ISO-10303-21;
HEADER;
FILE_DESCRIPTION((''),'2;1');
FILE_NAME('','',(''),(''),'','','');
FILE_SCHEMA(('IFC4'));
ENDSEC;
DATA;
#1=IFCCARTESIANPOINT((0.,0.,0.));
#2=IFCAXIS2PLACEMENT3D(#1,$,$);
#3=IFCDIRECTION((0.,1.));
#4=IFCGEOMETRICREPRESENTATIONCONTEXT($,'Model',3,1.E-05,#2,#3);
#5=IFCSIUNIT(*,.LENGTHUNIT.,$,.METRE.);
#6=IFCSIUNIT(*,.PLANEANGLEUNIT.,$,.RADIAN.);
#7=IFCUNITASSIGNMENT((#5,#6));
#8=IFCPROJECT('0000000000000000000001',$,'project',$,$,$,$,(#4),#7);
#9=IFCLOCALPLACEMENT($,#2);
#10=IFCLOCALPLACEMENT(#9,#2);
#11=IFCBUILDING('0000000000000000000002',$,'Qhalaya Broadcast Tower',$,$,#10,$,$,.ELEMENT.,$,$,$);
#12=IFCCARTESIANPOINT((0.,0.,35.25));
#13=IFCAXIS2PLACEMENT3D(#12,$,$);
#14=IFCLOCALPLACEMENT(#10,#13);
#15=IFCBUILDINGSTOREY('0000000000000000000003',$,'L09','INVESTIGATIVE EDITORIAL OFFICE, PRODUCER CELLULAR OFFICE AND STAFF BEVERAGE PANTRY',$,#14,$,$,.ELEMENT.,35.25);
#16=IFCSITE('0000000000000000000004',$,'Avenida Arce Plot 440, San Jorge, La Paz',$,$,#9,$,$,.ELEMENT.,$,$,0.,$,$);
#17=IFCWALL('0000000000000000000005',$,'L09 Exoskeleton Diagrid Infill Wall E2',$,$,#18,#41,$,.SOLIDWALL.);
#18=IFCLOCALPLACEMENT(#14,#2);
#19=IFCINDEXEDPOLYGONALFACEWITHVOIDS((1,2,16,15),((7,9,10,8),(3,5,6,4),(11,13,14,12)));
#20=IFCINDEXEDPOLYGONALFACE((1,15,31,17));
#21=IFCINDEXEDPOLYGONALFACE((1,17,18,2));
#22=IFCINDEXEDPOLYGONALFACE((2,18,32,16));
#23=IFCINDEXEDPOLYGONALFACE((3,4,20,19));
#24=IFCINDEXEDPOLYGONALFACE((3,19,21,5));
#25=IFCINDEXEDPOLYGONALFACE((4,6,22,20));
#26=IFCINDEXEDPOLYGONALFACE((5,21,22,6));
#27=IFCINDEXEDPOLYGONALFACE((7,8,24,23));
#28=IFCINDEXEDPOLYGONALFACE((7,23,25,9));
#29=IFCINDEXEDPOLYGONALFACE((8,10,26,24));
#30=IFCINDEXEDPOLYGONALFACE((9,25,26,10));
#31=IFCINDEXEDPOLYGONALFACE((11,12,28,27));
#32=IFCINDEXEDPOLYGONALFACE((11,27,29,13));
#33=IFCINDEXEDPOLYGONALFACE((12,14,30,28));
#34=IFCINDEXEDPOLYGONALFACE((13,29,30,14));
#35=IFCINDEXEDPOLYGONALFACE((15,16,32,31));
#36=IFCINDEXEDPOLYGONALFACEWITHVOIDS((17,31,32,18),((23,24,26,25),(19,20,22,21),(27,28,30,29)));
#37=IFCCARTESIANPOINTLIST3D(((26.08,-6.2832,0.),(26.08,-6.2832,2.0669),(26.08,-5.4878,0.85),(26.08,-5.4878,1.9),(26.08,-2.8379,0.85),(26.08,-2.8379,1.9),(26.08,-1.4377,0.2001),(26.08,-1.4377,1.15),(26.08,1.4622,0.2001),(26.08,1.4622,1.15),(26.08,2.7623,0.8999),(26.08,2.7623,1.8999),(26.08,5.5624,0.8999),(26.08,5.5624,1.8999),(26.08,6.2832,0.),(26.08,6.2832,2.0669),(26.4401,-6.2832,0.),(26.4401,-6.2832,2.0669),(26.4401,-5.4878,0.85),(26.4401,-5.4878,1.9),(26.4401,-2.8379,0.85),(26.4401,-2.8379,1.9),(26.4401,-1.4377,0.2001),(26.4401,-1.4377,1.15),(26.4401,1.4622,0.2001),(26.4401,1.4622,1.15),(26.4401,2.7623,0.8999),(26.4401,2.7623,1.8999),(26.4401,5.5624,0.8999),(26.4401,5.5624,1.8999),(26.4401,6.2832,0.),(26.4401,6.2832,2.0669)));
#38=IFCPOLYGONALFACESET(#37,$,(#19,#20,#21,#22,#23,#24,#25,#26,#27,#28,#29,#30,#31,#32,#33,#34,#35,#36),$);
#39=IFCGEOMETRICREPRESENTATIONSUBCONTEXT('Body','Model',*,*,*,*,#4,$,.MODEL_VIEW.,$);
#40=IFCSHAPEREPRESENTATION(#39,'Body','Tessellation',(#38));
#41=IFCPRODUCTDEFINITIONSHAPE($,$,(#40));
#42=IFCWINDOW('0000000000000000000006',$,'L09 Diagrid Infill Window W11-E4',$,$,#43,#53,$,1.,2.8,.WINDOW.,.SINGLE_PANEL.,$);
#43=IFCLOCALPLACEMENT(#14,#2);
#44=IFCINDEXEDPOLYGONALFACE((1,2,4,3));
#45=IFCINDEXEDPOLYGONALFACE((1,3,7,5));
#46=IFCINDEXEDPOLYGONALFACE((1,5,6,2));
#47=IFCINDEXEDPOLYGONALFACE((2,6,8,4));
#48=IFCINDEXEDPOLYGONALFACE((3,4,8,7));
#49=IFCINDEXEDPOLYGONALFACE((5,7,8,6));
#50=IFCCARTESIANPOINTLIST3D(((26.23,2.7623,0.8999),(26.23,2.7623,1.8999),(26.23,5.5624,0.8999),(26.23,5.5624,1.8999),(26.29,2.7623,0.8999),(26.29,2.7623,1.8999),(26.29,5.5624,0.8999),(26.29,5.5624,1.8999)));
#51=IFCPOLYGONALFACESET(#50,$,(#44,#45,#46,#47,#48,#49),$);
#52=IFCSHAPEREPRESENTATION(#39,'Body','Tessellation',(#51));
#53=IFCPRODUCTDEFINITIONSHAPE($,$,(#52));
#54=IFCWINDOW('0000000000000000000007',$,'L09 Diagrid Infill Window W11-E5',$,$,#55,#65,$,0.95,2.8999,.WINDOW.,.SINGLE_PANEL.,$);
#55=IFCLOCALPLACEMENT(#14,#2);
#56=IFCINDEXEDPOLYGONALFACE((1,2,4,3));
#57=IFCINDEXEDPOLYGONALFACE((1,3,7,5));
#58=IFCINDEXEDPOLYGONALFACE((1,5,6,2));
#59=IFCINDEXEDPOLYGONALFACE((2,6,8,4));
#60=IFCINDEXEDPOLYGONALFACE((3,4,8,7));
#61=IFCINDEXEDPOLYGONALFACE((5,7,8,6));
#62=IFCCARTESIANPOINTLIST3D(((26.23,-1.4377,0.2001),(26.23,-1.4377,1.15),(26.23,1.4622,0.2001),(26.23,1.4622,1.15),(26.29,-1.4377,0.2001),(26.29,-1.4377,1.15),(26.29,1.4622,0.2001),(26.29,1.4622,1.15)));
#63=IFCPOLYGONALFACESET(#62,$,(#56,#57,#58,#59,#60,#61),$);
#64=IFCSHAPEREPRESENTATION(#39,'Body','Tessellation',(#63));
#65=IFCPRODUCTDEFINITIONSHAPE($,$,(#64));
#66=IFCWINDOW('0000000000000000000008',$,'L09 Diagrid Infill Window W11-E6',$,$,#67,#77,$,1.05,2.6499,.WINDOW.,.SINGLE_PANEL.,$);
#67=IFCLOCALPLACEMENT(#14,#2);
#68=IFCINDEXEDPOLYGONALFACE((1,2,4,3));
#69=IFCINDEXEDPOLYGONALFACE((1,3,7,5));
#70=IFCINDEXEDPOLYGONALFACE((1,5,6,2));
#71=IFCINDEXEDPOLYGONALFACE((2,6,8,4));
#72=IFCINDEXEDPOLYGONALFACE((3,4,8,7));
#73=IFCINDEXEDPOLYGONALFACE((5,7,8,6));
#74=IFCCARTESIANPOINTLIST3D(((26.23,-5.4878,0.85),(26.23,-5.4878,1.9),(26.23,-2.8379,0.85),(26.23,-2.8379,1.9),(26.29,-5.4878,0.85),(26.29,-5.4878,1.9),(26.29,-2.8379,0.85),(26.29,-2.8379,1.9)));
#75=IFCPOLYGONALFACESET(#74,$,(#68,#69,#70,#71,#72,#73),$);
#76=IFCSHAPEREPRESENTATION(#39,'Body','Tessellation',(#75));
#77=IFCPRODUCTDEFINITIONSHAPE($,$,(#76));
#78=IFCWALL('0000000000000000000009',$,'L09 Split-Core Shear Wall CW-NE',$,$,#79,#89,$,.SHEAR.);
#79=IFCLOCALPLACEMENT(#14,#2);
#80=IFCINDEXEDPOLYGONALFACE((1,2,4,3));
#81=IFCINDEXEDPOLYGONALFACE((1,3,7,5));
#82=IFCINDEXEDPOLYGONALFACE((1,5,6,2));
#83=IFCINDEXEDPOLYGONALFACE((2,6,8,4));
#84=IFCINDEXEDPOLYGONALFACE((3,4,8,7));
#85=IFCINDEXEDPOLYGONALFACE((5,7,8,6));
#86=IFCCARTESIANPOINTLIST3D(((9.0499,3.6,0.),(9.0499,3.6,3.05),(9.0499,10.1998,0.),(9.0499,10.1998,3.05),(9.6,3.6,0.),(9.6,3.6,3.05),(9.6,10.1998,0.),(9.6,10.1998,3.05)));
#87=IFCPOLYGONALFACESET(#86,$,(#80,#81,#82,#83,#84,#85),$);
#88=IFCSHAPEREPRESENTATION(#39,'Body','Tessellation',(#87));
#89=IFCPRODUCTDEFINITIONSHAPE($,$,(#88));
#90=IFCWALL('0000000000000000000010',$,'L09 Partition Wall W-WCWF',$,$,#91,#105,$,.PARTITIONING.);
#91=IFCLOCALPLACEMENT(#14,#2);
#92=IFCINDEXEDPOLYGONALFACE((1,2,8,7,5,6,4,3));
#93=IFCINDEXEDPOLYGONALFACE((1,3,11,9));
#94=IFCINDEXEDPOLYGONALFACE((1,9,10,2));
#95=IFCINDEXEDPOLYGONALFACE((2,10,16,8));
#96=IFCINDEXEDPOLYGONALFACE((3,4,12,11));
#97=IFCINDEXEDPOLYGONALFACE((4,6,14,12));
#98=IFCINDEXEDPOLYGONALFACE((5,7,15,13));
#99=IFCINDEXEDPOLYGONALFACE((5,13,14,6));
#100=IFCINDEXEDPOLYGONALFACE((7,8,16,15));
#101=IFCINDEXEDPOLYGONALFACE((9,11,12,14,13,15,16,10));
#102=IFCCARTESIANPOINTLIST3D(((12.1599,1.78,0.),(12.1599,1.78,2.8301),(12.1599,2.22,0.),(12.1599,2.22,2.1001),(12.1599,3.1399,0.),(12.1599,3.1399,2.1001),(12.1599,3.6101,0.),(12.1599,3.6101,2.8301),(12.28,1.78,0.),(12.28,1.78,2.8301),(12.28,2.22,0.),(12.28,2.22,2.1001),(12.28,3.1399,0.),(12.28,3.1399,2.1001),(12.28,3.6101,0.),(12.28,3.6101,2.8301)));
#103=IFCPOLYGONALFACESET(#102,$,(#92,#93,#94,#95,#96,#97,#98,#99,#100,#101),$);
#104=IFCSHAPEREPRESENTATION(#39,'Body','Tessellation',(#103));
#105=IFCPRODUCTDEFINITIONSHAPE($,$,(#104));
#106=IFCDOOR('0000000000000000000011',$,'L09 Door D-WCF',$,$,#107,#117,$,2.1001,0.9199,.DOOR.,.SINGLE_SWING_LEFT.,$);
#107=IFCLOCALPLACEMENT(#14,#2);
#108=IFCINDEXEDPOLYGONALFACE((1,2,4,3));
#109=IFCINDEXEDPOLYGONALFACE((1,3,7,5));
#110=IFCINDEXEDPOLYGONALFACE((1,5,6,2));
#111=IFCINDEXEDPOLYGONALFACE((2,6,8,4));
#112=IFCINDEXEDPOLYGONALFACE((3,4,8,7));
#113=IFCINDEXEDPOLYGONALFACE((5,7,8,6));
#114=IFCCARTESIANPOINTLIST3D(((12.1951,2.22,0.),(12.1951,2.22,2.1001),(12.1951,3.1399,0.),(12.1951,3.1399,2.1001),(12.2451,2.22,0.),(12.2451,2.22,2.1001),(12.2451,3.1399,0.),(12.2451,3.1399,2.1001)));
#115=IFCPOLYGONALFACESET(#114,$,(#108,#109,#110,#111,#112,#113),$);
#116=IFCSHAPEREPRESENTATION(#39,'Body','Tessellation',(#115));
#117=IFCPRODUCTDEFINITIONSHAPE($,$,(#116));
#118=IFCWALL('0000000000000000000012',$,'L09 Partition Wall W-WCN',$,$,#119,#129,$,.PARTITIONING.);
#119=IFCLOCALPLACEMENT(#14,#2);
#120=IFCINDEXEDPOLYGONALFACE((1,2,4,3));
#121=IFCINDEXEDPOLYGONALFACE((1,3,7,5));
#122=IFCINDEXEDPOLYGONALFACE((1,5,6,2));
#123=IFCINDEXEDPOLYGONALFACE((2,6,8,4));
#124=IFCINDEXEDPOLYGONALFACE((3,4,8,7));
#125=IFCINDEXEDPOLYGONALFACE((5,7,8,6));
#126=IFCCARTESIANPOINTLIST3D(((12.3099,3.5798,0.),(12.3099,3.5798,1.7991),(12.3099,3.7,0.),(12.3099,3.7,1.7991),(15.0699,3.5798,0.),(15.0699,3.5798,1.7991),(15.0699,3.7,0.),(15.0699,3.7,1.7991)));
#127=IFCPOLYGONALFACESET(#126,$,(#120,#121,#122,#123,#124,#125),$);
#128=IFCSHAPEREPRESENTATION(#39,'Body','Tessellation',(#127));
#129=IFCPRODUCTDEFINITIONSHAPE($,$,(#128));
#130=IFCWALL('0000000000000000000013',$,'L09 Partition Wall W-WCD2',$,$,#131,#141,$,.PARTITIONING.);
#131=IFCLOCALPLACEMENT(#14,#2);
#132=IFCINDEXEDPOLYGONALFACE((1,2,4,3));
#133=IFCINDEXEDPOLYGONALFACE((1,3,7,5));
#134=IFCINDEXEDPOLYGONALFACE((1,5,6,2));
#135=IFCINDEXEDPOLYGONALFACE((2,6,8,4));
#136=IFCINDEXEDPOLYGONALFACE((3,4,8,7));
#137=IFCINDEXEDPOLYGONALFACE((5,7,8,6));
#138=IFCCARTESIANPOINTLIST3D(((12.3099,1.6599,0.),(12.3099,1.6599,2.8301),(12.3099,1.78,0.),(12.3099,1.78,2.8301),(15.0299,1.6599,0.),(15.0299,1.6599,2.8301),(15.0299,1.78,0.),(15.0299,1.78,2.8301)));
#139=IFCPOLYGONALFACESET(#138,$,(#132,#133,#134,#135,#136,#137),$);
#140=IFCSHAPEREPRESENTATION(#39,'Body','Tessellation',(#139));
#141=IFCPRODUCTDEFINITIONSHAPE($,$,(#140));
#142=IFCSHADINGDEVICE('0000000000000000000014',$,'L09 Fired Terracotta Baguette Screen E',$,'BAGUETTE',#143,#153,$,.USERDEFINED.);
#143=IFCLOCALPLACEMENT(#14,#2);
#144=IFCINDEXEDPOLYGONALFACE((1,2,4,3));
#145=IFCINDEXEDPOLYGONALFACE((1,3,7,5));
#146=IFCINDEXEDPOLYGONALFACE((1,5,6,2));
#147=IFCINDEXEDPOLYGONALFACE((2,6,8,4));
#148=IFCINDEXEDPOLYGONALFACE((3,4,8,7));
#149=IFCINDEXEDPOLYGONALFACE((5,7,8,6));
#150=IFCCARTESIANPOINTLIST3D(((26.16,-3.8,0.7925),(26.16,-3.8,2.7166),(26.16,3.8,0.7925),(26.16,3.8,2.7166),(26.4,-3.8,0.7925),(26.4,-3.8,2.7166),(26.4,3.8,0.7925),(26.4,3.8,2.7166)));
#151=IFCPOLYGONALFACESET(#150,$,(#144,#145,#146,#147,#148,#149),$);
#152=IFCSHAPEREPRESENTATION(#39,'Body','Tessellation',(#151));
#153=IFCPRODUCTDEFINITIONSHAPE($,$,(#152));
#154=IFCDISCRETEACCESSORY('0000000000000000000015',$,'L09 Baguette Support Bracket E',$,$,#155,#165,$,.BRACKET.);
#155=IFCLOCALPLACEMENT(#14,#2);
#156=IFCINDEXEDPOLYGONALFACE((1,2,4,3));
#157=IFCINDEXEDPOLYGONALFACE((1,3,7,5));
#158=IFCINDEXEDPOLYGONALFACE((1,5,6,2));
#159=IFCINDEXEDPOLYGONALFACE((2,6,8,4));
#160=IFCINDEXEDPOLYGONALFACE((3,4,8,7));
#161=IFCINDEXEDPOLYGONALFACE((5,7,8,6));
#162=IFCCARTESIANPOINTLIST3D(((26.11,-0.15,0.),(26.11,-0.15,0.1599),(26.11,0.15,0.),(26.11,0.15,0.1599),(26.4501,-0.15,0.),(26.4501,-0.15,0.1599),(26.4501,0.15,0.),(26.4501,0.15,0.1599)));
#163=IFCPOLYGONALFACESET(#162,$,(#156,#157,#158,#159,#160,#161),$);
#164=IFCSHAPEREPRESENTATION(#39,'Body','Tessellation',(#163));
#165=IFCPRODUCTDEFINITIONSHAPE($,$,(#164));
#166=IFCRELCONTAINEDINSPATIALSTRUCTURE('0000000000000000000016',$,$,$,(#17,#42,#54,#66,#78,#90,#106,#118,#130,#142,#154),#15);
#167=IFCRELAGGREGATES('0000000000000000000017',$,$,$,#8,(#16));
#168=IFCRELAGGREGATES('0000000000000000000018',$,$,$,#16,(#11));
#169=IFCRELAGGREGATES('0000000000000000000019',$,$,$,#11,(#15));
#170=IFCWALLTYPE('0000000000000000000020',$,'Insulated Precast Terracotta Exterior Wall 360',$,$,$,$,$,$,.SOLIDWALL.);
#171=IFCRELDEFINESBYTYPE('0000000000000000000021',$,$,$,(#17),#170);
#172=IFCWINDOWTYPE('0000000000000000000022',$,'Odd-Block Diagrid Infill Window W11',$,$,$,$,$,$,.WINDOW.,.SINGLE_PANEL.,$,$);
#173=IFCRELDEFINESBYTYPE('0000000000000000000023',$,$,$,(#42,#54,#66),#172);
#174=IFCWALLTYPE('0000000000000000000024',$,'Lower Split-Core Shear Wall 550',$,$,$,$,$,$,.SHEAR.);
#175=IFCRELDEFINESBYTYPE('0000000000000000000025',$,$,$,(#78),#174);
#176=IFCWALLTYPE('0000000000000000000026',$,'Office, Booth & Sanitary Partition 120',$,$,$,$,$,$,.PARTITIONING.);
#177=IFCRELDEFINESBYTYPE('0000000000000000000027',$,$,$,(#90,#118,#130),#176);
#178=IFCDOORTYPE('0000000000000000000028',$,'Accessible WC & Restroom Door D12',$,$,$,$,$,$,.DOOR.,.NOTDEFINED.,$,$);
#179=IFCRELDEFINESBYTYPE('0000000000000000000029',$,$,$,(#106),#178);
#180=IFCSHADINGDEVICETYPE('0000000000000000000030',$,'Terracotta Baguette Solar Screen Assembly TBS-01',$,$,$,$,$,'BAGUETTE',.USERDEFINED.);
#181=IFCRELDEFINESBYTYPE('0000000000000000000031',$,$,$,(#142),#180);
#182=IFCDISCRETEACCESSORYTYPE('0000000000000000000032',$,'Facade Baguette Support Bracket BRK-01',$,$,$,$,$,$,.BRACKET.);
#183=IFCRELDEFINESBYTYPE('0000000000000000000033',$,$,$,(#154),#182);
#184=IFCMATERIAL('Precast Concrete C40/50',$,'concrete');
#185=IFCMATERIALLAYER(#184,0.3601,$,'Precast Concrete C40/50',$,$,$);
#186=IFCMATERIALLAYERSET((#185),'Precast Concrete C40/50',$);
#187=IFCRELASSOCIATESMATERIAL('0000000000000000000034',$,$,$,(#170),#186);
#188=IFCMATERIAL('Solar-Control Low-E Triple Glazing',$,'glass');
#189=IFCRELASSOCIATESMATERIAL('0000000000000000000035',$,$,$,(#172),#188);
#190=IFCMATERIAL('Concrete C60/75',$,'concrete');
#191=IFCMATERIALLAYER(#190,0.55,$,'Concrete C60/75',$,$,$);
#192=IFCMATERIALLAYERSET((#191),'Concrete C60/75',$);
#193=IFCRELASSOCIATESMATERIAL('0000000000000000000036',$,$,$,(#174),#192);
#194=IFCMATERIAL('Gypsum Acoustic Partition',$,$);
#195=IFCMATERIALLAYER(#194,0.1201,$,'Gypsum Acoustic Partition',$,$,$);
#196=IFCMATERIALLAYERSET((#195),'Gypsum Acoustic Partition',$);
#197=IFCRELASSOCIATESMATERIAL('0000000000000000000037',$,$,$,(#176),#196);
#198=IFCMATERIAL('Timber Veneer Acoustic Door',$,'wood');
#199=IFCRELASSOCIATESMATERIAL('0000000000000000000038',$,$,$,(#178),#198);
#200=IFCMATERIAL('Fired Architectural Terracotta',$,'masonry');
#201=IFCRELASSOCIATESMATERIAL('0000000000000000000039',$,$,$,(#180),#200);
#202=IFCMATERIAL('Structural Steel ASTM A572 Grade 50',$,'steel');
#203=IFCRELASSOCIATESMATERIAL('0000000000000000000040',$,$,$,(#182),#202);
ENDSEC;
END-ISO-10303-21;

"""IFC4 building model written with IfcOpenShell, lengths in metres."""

from ifc_helpers import new_model, si_unit, direction, frame, frame_2d, origin, origin_2d, place, context, subcontext, project, spatial, rectangle, extrude, material, layer, layer_set, type_object, element, fill, save


model = new_model("IFC4")

# Units and contexts
model_context = context("Model", 3, precision=1e-05, world=origin(), true_north=direction((0.0, 1.0)))
body_context = subcontext(model_context, "Body", "Model", "MODEL_VIEW")
ifc_project = project(units=[si_unit("LENGTHUNIT", "METRE"), si_unit("PLANEANGLEUNIT", "RADIAN")], contexts=[model_context])

# Site, building, storey
site_placement = place(None, origin())
site = spatial("IfcSite", under=ifc_project, at=site_placement, Name="Avenida Arce Plot 440, San Jorge, La Paz", CompositionType="ELEMENT", RefElevation=0.0)
building_placement = place(site_placement, origin())
building = spatial("IfcBuilding", under=site, at=building_placement, Name="Qhalaya Broadcast Tower", CompositionType="ELEMENT")
storey_placement = place(building_placement, frame((0.0, 0.0, 35.25)))
storey = spatial("IfcBuildingStorey", under=building, at=storey_placement, Name="L09", Description="INVESTIGATIVE EDITORIAL OFFICE, PRODUCER CELLULAR OFFICE AND STAFF BEVERAGE PANTRY", CompositionType="ELEMENT", Elevation=35.25)

# Shared definitions
ifc_material_1 = material(Name="Gypsum Acoustic Partition")
ifc_material_2 = material(Name="Timber Veneer Acoustic Door", Category="wood")

# Wall, openings, windows
ifc_material_3 = material(Name="Precast Concrete C40/50", Category="concrete")
ifc_layer_1 = layer(ifc_material_3, 0.3601, Name="Precast Concrete C40/50")
ifc_layer_set_1 = layer_set([ifc_layer_1], Name="Precast Concrete C40/50")
wall_type_1 = type_object("IfcWallType", Name="Insulated Precast Terracotta Exterior Wall 360", PredefinedType="SOLIDWALL", material=ifc_layer_set_1)
wall_1_placement = place(storey_placement, frame((26.26, 6.2832, 0.0), z_axis=(0.0, 0.0, 1.0), x_axis=(0.0, -1.0, 0.0)))
wall_1 = element("IfcWall", 1, at=wall_1_placement, inside=storey, type_object=wall_type_1, Name="L09 Exoskeleton Diagrid Infill Wall E2", PredefinedType="SOLIDWALL", context=body_context, shape_type="SweptSolid", body=[
    extrude(rectangle(XDim=12.5664, YDim=0.3601, at=frame_2d((6.2832, 0.0))), origin(), (0.0, 0.0, 1.0), 2.0669),
])
opening_1_placement = place(wall_1_placement, frame((0.7209, 0.0, 0.8999)))
opening_1 = element("IfcOpeningElement", 2, at=opening_1_placement, cuts=wall_1, PredefinedType="OPENING", context=body_context, shape_type="SweptSolid", body=[
    extrude(rectangle(XDim=2.8, YDim=1.0, at=frame_2d((1.3999, 0.5))), frame((0.0, 0.1921, 0.0), z_axis=(0.0, -1.0, 0.0), x_axis=(1.0, 0.0, 0.0)), (0.0, 0.0, 1.0), 0.384),
])
opening_2_placement = place(wall_1_placement, frame((4.821, 0.0, 0.2)))
opening_2 = element("IfcOpeningElement", 3, at=opening_2_placement, cuts=wall_1, PredefinedType="OPENING", context=body_context, shape_type="SweptSolid", body=[
    extrude(rectangle(XDim=2.8999, YDim=0.95, at=frame_2d((1.45, 0.4751))), frame((0.0, 0.1921, 0.0), z_axis=(0.0, -1.0, 0.0), x_axis=(1.0, 0.0, 0.0)), (0.0, 0.0, 1.0), 0.384),
])
opening_3_placement = place(wall_1_placement, frame((9.1211, 0.0, 0.8501)))
opening_3 = element("IfcOpeningElement", 4, at=opening_3_placement, cuts=wall_1, PredefinedType="OPENING", context=body_context, shape_type="SweptSolid", body=[
    extrude(rectangle(XDim=2.6499, YDim=1.05, at=frame_2d((1.325, 0.5249))), frame((0.0, 0.1921, 0.0), z_axis=(0.0, -1.0, 0.0), x_axis=(1.0, 0.0, 0.0)), (0.0, 0.0, 1.0), 0.384),
])
ifc_material_4 = material(Name="Solar-Control Low-E Triple Glazing", Category="glass")
window_type = type_object("IfcWindowType", Name="Odd-Block Diagrid Infill Window W11", PartitioningType="SINGLE_PANEL", PredefinedType="WINDOW", material=ifc_material_4)
window_1_placement = place(opening_1_placement, origin())
window_1 = element("IfcWindow", 5, at=window_1_placement, inside=storey, type_object=window_type, Name="L09 Diagrid Infill Window W11-E4", OverallHeight=1.0, OverallWidth=2.8, PartitioningType="SINGLE_PANEL", PredefinedType="WINDOW", context=body_context, shape_type="SweptSolid", body=[
    extrude(rectangle(XDim=2.8, YDim=1.0, at=frame_2d((1.3999, 0.5))), frame((0.0, 0.03, 0.0), z_axis=(0.0, -1.0, 0.0), x_axis=(1.0, 0.0, 0.0)), (0.0, 0.0, 1.0), 0.0601),
])
fill(opening_1, window_1)
window_2_placement = place(opening_2_placement, origin())
window_2 = element("IfcWindow", 6, at=window_2_placement, inside=storey, type_object=window_type, Name="L09 Diagrid Infill Window W11-E5", OverallHeight=0.95, OverallWidth=2.8999, PartitioningType="SINGLE_PANEL", PredefinedType="WINDOW", context=body_context, shape_type="SweptSolid", body=[
    extrude(rectangle(XDim=2.8999, YDim=0.95, at=frame_2d((1.45, 0.4751))), frame((0.0, 0.03, 0.0), z_axis=(0.0, -1.0, 0.0), x_axis=(1.0, 0.0, 0.0)), (0.0, 0.0, 1.0), 0.0601),
])
fill(opening_2, window_2)
window_3_placement = place(opening_3_placement, origin())
window_3 = element("IfcWindow", 7, at=window_3_placement, inside=storey, type_object=window_type, Name="L09 Diagrid Infill Window W11-E6", OverallHeight=1.05, OverallWidth=2.6499, PartitioningType="SINGLE_PANEL", PredefinedType="WINDOW", context=body_context, shape_type="SweptSolid", body=[
    extrude(rectangle(XDim=2.6499, YDim=1.05, at=frame_2d((1.325, 0.5249))), frame((0.0, 0.03, 0.0), z_axis=(0.0, -1.0, 0.0), x_axis=(1.0, 0.0, 0.0)), (0.0, 0.0, 1.0), 0.0601),
])
fill(opening_3, window_3)

# Wall
ifc_material_5 = material(Name="Concrete C60/75", Category="concrete")
ifc_layer_2 = layer(ifc_material_5, 0.55, Name="Concrete C60/75")
ifc_layer_set_2 = layer_set([ifc_layer_2], Name="Concrete C60/75")
wall_type_2 = type_object("IfcWallType", Name="Lower Split-Core Shear Wall 550", PredefinedType="SHEAR", material=ifc_layer_set_2)
wall_2_placement = place(storey_placement, frame((9.325, 3.6001, 0.0), z_axis=(0.0, 0.0, 1.0), x_axis=(0.0, 1.0, 0.0)))
element("IfcWall", 8, at=wall_2_placement, inside=storey, type_object=wall_type_2, Name="L09 Split-Core Shear Wall CW-NE", PredefinedType="SHEAR", context=body_context, shape_type="SweptSolid", body=[
    extrude(rectangle(XDim=6.5999, YDim=0.55, at=frame_2d((3.2998, 0.0))), origin(), (0.0, 0.0, 1.0), 3.05),
])

# Wall, opening, door
ifc_layer_3 = layer(ifc_material_1, 0.1201, Name="Gypsum Acoustic Partition")
ifc_layer_set_3 = layer_set([ifc_layer_3], Name="Gypsum Acoustic Partition")
wall_type_3 = type_object("IfcWallType", Name="Office, Booth & Sanitary Partition 120", PredefinedType="PARTITIONING", material=ifc_layer_set_3)
wall_3_placement = place(storey_placement, frame((12.22, 1.78, 0.0), z_axis=(0.0, 0.0, 1.0), x_axis=(0.0, 1.0, 0.0)))
wall_3 = element("IfcWall", 9, at=wall_3_placement, inside=storey, type_object=wall_type_3, Name="L09 Partition Wall W-WCWF", PredefinedType="PARTITIONING", context=body_context, shape_type="SweptSolid", body=[
    extrude(rectangle(XDim=1.8301, YDim=0.1201, at=frame_2d((0.915, 0.0))), origin(), (0.0, 0.0, 1.0), 2.8301),
])
opening_4_placement = place(wall_3_placement, frame((0.4399, 0.0, 0.0)))
opening_4 = element("IfcOpeningElement", 10, at=opening_4_placement, cuts=wall_3, PredefinedType="OPENING", context=body_context, shape_type="SweptSolid", body=[
    extrude(rectangle(XDim=0.9199, YDim=2.1001, at=frame_2d((0.46, 1.05))), frame((0.0, 0.072, 0.0), z_axis=(0.0, -1.0, 0.0), x_axis=(1.0, 0.0, 0.0)), (0.0, 0.0, 1.0), 0.144),
])
door_type_1 = type_object("IfcDoorType", Name="Accessible WC & Restroom Door D12", OperationType="NOTDEFINED", PredefinedType="DOOR", material=ifc_material_2)
door_1_placement = place(opening_4_placement, origin())
door_1 = element("IfcDoor", 11, at=door_1_placement, inside=storey, type_object=door_type_1, Name="L09 Door D-WCF", OperationType="SINGLE_SWING_LEFT", OverallHeight=2.1001, OverallWidth=0.9199, PredefinedType="DOOR", context=body_context, shape_type="SweptSolid", body=[
    extrude(rectangle(XDim=0.9199, YDim=2.1001, at=frame_2d((0.46, 1.05))), frame((0.0, 0.0249, 0.0), z_axis=(0.0, -1.0, 0.0), x_axis=(1.0, 0.0, 0.0)), (0.0, 0.0, 1.0), 0.05),
])
fill(opening_4, door_1)

# Walls
wall_4_placement = place(storey_placement, frame((12.3101, 3.6399, 0.0), z_axis=(0.0, 0.0, 1.0), x_axis=(1.0, 0.0, 0.0)))
element("IfcWall", 12, at=wall_4_placement, inside=storey, type_object=wall_type_3, Name="L09 Partition Wall W-WCN", PredefinedType="PARTITIONING", context=body_context, shape_type="SweptSolid", body=[
    extrude(rectangle(XDim=2.76, YDim=0.1201, at=frame_2d((1.3799, 0.0))), origin(), (0.0, 0.0, 1.0), 1.7991),
])
wall_5_placement = place(storey_placement, frame((12.3101, 1.72, 0.0), z_axis=(0.0, 0.0, 1.0), x_axis=(1.0, 0.0, 0.0)))
element("IfcWall", 13, at=wall_5_placement, inside=storey, type_object=wall_type_3, Name="L09 Partition Wall W-WCD2", PredefinedType="PARTITIONING", context=body_context, shape_type="SweptSolid", body=[
    extrude(rectangle(XDim=2.72, YDim=0.1201, at=frame_2d((1.3599, 0.0))), origin(), (0.0, 0.0, 1.0), 2.8301),
])

# Shading device
ifc_material_6 = material(Name="Fired Architectural Terracotta", Category="masonry")
shading_device_type = type_object("IfcShadingDeviceType", Name="Terracotta Baguette Solar Screen Assembly TBS-01", ElementType="BAGUETTE", PredefinedType="USERDEFINED", material=ifc_material_6)
shading_device_placement = place(storey_placement, frame((26.28, 0.0, 0.7925), z_axis=(0.0, 0.0, 1.0), x_axis=(0.0, 1.0, 0.0)))
element("IfcShadingDevice", 14, at=shading_device_placement, inside=storey, type_object=shading_device_type, Name="L09 Fired Terracotta Baguette Screen E", ObjectType="BAGUETTE", PredefinedType="USERDEFINED", context=body_context, shape_type="SweptSolid", body=[
    extrude(rectangle(XDim=7.6001, YDim=0.24, at=origin_2d()), origin(), (0.0, 0.0, 1.0), 1.9241),
])

# Discrete accessory
ifc_material_7 = material(Name="Structural Steel ASTM A572 Grade 50", Category="steel")
discrete_accessory_type = type_object("IfcDiscreteAccessoryType", Name="Facade Baguette Support Bracket BRK-01", PredefinedType="BRACKET", material=ifc_material_7)
discrete_accessory_placement = place(storey_placement, frame((26.28, 0.0, 0.0), z_axis=(0.0, 0.0, 1.0), x_axis=(0.0, 1.0, 0.0)))
element("IfcDiscreteAccessory", 15, at=discrete_accessory_placement, inside=storey, type_object=discrete_accessory_type, Name="L09 Baguette Support Bracket E", PredefinedType="BRACKET", context=body_context, shape_type="SweptSolid", body=[
    extrude(rectangle(XDim=0.3, YDim=0.3401, at=origin_2d()), origin(), (0.0, 0.0, 1.0), 0.1599),
])

save(model, "model.ifc")
